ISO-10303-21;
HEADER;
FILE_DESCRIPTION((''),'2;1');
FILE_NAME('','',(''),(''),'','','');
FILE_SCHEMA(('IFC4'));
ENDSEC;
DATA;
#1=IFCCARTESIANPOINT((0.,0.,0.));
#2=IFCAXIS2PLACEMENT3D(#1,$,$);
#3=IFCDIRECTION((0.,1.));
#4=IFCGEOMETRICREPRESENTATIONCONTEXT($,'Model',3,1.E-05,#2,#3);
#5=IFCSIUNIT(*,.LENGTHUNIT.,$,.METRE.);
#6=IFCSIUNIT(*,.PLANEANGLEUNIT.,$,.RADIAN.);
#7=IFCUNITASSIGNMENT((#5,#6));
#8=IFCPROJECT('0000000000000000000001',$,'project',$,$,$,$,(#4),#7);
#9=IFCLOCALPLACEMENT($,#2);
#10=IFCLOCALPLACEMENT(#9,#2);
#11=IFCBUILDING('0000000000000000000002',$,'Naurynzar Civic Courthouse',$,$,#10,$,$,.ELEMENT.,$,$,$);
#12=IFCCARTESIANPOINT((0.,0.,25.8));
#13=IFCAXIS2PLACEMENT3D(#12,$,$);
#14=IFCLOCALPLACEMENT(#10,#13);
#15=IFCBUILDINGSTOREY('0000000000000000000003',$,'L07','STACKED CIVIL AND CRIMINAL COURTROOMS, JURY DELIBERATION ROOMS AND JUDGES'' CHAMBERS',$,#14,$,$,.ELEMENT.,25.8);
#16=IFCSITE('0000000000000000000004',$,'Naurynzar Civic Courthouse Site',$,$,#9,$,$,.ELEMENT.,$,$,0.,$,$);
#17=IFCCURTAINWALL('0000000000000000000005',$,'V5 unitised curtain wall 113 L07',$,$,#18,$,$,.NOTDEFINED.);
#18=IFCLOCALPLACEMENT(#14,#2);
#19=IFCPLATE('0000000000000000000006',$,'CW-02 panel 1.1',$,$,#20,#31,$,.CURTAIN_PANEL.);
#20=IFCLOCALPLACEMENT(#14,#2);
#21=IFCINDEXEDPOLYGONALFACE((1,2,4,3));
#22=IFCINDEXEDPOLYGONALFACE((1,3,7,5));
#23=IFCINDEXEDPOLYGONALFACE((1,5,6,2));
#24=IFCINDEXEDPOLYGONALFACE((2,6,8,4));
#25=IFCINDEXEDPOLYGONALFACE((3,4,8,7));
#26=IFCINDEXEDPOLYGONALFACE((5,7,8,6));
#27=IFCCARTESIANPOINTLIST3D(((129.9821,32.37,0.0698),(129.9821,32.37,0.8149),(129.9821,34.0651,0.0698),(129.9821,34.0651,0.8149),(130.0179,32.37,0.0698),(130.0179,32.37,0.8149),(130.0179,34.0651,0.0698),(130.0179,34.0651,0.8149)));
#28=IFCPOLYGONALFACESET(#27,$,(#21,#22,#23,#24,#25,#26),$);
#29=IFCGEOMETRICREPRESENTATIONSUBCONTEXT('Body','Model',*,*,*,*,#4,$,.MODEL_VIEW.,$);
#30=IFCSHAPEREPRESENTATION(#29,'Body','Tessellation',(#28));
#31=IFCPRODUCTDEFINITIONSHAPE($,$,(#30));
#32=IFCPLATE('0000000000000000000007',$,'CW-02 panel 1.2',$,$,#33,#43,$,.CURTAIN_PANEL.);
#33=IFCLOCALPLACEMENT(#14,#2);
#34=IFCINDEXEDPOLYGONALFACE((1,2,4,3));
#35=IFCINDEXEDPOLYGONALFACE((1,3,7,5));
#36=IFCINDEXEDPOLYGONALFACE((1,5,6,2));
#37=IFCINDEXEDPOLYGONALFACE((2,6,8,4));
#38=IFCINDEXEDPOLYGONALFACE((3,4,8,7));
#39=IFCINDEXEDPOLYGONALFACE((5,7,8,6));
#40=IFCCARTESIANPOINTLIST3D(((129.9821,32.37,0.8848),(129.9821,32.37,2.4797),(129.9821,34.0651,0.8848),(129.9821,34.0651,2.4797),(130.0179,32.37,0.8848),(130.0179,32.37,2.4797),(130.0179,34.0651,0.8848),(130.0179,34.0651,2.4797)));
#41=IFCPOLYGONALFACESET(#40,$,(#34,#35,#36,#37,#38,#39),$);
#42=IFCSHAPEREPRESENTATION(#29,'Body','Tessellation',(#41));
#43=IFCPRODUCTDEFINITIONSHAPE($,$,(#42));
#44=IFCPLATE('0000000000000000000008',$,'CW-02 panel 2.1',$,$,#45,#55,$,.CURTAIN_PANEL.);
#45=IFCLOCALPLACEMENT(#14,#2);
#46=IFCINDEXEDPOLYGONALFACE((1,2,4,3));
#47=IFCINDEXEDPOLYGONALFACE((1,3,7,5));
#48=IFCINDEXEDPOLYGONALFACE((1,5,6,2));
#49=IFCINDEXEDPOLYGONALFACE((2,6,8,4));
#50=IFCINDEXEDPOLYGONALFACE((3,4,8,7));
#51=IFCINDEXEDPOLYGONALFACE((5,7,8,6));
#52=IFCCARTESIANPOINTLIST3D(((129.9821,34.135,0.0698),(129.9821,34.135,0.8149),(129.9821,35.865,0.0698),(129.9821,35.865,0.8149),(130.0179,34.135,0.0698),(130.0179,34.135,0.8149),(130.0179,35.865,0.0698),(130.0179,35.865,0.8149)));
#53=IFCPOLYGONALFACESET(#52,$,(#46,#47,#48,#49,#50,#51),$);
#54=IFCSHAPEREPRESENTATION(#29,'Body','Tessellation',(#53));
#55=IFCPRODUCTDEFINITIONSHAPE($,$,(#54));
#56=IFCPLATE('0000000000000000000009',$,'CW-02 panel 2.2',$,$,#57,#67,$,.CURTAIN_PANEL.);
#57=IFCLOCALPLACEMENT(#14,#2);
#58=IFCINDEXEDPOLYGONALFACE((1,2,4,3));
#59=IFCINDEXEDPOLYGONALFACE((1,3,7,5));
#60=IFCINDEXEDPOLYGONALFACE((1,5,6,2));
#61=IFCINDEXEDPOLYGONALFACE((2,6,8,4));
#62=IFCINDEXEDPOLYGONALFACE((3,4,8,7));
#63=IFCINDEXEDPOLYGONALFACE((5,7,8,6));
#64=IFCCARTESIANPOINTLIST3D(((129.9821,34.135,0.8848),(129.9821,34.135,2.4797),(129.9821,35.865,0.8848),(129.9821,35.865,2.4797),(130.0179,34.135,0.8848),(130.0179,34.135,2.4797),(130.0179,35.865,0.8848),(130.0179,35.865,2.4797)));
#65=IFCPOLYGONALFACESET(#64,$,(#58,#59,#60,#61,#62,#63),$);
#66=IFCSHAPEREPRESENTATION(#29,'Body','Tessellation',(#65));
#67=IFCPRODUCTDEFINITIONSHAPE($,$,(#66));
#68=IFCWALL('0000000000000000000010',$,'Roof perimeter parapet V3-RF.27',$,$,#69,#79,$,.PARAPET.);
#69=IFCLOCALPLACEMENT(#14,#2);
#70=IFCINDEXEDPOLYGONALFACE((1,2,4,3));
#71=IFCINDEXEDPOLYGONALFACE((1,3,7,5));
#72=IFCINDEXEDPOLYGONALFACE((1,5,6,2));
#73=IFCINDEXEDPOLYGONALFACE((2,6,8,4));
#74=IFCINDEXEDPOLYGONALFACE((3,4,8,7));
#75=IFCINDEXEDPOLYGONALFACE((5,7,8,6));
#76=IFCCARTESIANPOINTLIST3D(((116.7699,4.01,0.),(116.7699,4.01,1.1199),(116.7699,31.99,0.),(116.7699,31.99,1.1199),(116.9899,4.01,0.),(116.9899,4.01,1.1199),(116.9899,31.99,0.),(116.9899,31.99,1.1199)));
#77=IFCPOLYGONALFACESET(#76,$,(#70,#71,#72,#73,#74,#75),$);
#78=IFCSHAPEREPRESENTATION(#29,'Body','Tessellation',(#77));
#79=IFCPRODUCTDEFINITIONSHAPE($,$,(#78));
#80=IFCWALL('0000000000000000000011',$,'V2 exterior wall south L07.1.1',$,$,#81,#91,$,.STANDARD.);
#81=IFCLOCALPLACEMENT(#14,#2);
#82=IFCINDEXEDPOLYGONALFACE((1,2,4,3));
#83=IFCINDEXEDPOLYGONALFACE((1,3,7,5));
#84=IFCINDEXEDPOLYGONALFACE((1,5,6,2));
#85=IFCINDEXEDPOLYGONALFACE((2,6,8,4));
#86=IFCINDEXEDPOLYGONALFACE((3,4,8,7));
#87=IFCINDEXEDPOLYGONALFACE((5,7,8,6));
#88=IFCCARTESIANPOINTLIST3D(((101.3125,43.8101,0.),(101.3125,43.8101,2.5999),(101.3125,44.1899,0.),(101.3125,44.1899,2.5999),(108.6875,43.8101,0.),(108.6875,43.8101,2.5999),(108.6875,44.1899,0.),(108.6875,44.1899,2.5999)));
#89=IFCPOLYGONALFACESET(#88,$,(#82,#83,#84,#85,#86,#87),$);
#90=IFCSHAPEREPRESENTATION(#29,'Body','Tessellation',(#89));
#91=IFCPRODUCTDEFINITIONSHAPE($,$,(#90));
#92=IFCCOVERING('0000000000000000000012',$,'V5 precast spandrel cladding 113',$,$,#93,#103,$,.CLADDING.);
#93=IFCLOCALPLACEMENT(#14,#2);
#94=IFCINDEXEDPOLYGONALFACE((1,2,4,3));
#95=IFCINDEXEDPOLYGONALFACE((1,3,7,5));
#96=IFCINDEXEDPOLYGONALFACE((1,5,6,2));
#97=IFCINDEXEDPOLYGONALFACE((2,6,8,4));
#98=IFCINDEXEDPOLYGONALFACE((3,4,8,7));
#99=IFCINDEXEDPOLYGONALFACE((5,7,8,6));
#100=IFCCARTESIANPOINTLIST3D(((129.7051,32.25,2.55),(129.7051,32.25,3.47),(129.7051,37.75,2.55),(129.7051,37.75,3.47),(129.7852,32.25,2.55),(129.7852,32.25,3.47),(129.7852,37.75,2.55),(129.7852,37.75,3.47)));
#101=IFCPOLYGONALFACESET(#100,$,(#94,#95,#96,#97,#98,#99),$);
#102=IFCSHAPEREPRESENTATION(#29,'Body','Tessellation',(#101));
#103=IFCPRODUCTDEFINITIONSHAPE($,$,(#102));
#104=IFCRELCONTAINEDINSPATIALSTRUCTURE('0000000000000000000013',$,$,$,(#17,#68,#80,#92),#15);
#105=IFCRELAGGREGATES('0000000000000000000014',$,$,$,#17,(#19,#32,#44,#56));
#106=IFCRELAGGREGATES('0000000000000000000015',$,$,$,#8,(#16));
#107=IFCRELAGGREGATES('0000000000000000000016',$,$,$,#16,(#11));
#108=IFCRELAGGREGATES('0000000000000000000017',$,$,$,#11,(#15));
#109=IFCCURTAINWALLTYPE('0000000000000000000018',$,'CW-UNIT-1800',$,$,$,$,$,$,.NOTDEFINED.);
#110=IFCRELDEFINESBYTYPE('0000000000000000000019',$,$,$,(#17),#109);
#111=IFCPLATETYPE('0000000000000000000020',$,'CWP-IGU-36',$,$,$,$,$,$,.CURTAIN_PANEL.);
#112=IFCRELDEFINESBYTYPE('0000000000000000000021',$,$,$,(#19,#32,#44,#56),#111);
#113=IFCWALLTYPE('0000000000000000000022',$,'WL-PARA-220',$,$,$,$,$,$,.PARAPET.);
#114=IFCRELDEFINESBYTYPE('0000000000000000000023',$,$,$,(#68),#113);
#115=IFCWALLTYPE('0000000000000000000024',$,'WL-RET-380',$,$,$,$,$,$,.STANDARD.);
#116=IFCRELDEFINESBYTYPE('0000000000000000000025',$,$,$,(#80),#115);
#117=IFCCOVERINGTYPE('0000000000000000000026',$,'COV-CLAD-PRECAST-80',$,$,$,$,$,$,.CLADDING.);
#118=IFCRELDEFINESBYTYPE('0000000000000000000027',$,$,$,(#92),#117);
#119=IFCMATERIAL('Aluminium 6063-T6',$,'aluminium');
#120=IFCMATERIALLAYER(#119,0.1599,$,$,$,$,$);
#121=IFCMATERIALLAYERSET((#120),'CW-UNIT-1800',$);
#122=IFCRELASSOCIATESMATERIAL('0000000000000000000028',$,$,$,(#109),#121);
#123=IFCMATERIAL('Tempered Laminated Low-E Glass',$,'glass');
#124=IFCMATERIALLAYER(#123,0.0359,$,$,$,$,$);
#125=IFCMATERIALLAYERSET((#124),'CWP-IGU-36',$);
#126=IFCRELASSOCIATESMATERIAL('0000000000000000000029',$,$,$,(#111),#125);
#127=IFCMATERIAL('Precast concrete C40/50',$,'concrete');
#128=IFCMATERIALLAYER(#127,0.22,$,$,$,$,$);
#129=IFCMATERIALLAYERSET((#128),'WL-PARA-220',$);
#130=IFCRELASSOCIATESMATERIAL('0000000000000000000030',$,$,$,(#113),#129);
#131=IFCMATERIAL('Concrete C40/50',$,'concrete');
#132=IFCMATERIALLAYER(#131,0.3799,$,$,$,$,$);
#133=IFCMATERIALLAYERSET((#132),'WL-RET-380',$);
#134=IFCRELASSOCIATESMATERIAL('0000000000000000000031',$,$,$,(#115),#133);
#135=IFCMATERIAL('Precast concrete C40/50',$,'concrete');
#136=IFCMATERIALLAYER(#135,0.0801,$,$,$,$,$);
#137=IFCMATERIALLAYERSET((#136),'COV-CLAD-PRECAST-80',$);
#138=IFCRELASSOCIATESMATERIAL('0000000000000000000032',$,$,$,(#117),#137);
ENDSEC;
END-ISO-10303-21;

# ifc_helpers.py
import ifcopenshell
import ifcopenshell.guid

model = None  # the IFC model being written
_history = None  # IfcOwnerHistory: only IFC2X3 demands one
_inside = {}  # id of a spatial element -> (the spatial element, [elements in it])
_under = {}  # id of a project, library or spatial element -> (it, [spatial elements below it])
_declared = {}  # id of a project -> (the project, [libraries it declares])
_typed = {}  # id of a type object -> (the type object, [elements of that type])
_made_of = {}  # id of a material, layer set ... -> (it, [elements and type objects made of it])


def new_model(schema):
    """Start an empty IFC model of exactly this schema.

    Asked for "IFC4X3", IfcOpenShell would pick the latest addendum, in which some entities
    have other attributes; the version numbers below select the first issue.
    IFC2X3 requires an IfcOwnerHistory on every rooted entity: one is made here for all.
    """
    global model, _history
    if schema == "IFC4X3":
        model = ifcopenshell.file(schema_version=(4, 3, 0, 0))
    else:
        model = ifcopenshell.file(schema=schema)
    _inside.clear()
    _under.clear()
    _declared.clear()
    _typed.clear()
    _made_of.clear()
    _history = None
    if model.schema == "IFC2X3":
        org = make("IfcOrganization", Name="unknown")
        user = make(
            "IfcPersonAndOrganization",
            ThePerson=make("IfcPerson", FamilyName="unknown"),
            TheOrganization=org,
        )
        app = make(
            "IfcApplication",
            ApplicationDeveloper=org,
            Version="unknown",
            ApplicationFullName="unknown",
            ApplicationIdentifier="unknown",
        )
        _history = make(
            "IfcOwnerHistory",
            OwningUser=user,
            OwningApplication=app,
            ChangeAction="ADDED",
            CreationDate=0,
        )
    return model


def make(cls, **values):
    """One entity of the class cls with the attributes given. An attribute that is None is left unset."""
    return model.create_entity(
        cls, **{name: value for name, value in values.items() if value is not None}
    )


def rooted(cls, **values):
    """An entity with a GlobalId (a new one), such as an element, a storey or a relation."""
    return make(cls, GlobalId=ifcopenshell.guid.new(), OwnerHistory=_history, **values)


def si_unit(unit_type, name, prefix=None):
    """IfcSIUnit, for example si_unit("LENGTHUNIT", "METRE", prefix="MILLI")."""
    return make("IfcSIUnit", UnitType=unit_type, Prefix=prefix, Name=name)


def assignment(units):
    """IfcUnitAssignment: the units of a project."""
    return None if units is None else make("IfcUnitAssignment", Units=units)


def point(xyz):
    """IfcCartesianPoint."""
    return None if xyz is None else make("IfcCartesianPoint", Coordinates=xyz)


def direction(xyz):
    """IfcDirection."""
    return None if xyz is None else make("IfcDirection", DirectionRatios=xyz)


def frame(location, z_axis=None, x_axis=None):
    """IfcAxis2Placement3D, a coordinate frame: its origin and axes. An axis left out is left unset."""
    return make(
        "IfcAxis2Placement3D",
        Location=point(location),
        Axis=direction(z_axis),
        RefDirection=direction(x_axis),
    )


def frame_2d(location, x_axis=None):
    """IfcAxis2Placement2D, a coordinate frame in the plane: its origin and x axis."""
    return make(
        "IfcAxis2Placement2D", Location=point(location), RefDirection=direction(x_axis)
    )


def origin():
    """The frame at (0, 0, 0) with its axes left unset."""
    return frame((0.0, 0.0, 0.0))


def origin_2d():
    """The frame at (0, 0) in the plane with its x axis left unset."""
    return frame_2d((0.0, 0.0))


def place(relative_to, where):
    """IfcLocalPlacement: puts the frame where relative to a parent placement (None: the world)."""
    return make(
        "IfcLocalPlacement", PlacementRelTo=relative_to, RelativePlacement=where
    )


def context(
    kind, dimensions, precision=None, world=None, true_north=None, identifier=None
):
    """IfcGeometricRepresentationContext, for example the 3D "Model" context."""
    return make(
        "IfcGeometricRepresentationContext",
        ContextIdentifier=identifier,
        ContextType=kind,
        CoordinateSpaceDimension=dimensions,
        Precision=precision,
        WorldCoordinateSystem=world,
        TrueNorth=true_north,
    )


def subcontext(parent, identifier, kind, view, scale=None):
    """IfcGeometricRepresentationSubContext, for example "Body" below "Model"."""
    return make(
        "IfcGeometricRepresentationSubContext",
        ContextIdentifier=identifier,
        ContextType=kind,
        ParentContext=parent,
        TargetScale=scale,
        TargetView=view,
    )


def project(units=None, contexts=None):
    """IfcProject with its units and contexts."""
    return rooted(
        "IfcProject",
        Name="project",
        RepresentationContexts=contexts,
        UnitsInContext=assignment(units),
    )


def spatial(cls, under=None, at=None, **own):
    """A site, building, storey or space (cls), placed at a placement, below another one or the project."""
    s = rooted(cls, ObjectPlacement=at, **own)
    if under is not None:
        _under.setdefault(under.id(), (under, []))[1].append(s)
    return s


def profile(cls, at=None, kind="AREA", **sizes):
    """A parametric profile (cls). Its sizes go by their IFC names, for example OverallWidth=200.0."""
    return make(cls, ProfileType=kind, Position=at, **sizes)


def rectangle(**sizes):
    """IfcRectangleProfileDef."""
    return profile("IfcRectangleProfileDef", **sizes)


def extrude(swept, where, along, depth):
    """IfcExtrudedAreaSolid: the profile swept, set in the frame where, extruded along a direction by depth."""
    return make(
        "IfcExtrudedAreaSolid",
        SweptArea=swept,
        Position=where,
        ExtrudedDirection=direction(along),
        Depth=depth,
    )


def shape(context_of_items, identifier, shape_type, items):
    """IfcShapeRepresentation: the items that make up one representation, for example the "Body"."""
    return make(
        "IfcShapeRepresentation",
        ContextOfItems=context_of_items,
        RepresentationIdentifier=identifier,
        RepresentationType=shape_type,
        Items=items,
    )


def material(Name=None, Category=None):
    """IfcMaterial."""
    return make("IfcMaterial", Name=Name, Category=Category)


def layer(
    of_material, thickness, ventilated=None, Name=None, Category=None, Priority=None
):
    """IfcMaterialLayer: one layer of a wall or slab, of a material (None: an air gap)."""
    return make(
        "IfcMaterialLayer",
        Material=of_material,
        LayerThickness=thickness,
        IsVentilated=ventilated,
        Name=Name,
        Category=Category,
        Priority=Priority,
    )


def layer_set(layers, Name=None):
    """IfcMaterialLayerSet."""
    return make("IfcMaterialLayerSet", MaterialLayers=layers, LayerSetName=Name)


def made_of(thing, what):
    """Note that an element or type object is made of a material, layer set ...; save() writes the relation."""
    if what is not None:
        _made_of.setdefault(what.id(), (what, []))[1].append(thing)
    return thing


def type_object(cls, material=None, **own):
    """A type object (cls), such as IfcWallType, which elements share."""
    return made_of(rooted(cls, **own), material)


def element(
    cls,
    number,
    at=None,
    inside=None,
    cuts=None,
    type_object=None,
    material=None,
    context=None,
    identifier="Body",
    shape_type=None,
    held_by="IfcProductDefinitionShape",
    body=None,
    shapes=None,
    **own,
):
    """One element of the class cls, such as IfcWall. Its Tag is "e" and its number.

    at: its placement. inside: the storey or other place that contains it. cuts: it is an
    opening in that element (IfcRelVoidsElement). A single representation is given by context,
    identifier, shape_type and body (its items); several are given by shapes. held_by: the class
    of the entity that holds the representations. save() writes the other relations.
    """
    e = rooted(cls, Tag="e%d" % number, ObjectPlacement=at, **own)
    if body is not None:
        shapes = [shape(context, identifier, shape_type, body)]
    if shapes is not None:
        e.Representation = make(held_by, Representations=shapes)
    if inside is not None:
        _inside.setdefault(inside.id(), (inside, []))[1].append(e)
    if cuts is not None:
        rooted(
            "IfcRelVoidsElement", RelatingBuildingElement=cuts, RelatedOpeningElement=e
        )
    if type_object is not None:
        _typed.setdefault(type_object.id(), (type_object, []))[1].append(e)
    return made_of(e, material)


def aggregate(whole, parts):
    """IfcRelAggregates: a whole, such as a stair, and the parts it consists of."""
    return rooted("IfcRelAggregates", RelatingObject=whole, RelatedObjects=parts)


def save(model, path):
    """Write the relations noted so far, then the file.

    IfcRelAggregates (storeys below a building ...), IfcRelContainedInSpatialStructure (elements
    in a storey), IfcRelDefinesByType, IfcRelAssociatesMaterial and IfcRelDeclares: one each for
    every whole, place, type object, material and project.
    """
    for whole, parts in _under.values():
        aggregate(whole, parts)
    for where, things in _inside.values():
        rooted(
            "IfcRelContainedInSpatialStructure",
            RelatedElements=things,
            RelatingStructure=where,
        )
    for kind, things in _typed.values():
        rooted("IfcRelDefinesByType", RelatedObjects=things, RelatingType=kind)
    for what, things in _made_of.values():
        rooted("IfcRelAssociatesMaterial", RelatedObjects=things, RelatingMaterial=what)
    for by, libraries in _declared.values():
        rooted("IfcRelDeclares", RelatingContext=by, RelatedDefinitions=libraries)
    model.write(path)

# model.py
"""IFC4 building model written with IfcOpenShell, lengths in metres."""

from ifc_helpers import new_model, si_unit, direction, frame, frame_2d, origin, origin_2d, place, context, subcontext, project, spatial, rectangle, extrude, material, layer, layer_set, type_object, element, aggregate, save


model = new_model("IFC4")

# Units and contexts
model_context = context("Model", 3, precision=1e-05, world=origin(), true_north=direction((0.0, 1.0)))
body_context = subcontext(model_context, "Body", "Model", "MODEL_VIEW")
ifc_project = project(units=[si_unit("LENGTHUNIT", "METRE"), si_unit("PLANEANGLEUNIT", "RADIAN")], contexts=[model_context])

# Site, building, storey
site_placement = place(None, origin())
site = spatial("IfcSite", under=ifc_project, at=site_placement, Name="Naurynzar Civic Courthouse Site", CompositionType="ELEMENT", RefElevation=0.0)
building_placement = place(site_placement, origin())
building = spatial("IfcBuilding", under=site, at=building_placement, Name="Naurynzar Civic Courthouse", CompositionType="ELEMENT")
storey_placement = place(building_placement, frame((0.0, 0.0, 25.8)))
storey = spatial("IfcBuildingStorey", under=building, at=storey_placement, Name="L07", Description="STACKED CIVIL AND CRIMINAL COURTROOMS, JURY DELIBERATION ROOMS AND JUDGES' CHAMBERS", CompositionType="ELEMENT", Elevation=25.8)

# Curtain wall, plates
ifc_material_1 = material(Name="Aluminium 6063-T6", Category="aluminium")
ifc_layer_1 = layer(ifc_material_1, 0.1599)
ifc_layer_set_1 = layer_set([ifc_layer_1], Name="CW-UNIT-1800")
curtain_wall_type = type_object("IfcCurtainWallType", Name="CW-UNIT-1800", PredefinedType="NOTDEFINED", material=ifc_layer_set_1)
curtain_wall_placement = place(storey_placement, origin())
curtain_wall = element("IfcCurtainWall", 1, at=curtain_wall_placement, inside=storey, type_object=curtain_wall_type, Name="V5 unitised curtain wall 113 L07", PredefinedType="NOTDEFINED")
ifc_material_2 = material(Name="Tempered Laminated Low-E Glass", Category="glass")
ifc_layer_2 = layer(ifc_material_2, 0.0359)
ifc_layer_set_2 = layer_set([ifc_layer_2], Name="CWP-IGU-36")
plate_type = type_object("IfcPlateType", Name="CWP-IGU-36", PredefinedType="CURTAIN_PANEL", material=ifc_layer_set_2)
plate_1_placement = place(storey_placement, frame((130.0, 33.2175, 0.0698), z_axis=(0.0, 0.0, 1.0), x_axis=(0.0, 1.0, 0.0)))
plate_1 = element("IfcPlate", 2, at=plate_1_placement, type_object=plate_type, Name="CW-02 panel 1.1", PredefinedType="CURTAIN_PANEL", context=body_context, shape_type="SweptSolid", body=[
    extrude(rectangle(XDim=1.6951, YDim=0.0359, at=origin_2d()), origin(), (0.0, 0.0, 1.0), 0.7451),
])
plate_2_placement = place(storey_placement, frame((130.0, 33.2175, 0.8848), z_axis=(0.0, 0.0, 1.0), x_axis=(0.0, 1.0, 0.0)))
plate_2 = element("IfcPlate", 3, at=plate_2_placement, type_object=plate_type, Name="CW-02 panel 1.2", PredefinedType="CURTAIN_PANEL", context=body_context, shape_type="SweptSolid", body=[
    extrude(rectangle(XDim=1.6951, YDim=0.0359, at=origin_2d()), origin(), (0.0, 0.0, 1.0), 1.595),
])
plate_3_placement = place(storey_placement, frame((130.0, 35.0, 0.0698), z_axis=(0.0, 0.0, 1.0), x_axis=(0.0, 1.0, 0.0)))
plate_3 = element("IfcPlate", 4, at=plate_3_placement, type_object=plate_type, Name="CW-02 panel 2.1", PredefinedType="CURTAIN_PANEL", context=body_context, shape_type="SweptSolid", body=[
    extrude(rectangle(XDim=1.73, YDim=0.0359, at=origin_2d()), origin(), (0.0, 0.0, 1.0), 0.7451),
])
plate_4_placement = place(storey_placement, frame((130.0, 35.0, 0.8848), z_axis=(0.0, 0.0, 1.0), x_axis=(0.0, 1.0, 0.0)))
plate_4 = element("IfcPlate", 5, at=plate_4_placement, type_object=plate_type, Name="CW-02 panel 2.2", PredefinedType="CURTAIN_PANEL", context=body_context, shape_type="SweptSolid", body=[
    extrude(rectangle(XDim=1.73, YDim=0.0359, at=origin_2d()), origin(), (0.0, 0.0, 1.0), 1.595),
])
aggregate(curtain_wall, [plate_1, plate_2, plate_3, plate_4])

# Walls
ifc_material_3 = material(Name="Precast concrete C40/50", Category="concrete")
ifc_layer_3 = layer(ifc_material_3, 0.22)
ifc_layer_set_3 = layer_set([ifc_layer_3], Name="WL-PARA-220")
wall_type_1 = type_object("IfcWallType", Name="WL-PARA-220", PredefinedType="PARAPET", material=ifc_layer_set_3)
wall_1_placement = place(storey_placement, frame((116.8799, 31.99, 0.0), z_axis=(0.0, 0.0, 1.0), x_axis=(0.0, -1.0, 0.0)))
element("IfcWall", 6, at=wall_1_placement, inside=storey, type_object=wall_type_1, Name="Roof perimeter parapet V3-RF.27", PredefinedType="PARAPET", context=body_context, shape_type="SweptSolid", body=[
    extrude(rectangle(XDim=27.98, YDim=0.22, at=frame_2d((13.99, 0.0))), origin(), (0.0, 0.0, 1.0), 1.1199),
])
ifc_material_4 = material(Name="Concrete C40/50", Category="concrete")
ifc_layer_4 = layer(ifc_material_4, 0.3799)
ifc_layer_set_4 = layer_set([ifc_layer_4], Name="WL-RET-380")
wall_type_2 = type_object("IfcWallType", Name="WL-RET-380", PredefinedType="STANDARD", material=ifc_layer_set_4)
wall_2_placement = place(storey_placement, frame((108.6875, 44.0, 0.0), z_axis=(0.0, 0.0, 1.0), x_axis=(-1.0, 0.0, 0.0)))
element("IfcWall", 7, at=wall_2_placement, inside=storey, type_object=wall_type_2, Name="V2 exterior wall south L07.1.1", PredefinedType="STANDARD", context=body_context, shape_type="SweptSolid", body=[
    extrude(rectangle(XDim=7.375, YDim=0.3799, at=frame_2d((3.6875, 0.0))), origin(), (0.0, 0.0, 1.0), 2.5999),
])

# Covering
ifc_material_5 = material(Name="Precast concrete C40/50", Category="concrete")
ifc_layer_5 = layer(ifc_material_5, 0.0801)
ifc_layer_set_5 = layer_set([ifc_layer_5], Name="COV-CLAD-PRECAST-80")
covering_type = type_object("IfcCoveringType", Name="COV-CLAD-PRECAST-80", PredefinedType="CLADDING", material=ifc_layer_set_5)
covering_placement = place(storey_placement, frame((129.7451, 35.0, 2.55), z_axis=(0.0, 0.0, 1.0), x_axis=(0.0, 1.0, 0.0)))
element("IfcCovering", 8, at=covering_placement, inside=storey, type_object=covering_type, Name="V5 precast spandrel cladding 113", PredefinedType="CLADDING", context=body_context, shape_type="SweptSolid", body=[
    extrude(rectangle(XDim=5.5, YDim=0.0801, at=origin_2d()), origin(), (0.0, 0.0, 1.0), 0.9199),
])

save(model, "model.ifc")
